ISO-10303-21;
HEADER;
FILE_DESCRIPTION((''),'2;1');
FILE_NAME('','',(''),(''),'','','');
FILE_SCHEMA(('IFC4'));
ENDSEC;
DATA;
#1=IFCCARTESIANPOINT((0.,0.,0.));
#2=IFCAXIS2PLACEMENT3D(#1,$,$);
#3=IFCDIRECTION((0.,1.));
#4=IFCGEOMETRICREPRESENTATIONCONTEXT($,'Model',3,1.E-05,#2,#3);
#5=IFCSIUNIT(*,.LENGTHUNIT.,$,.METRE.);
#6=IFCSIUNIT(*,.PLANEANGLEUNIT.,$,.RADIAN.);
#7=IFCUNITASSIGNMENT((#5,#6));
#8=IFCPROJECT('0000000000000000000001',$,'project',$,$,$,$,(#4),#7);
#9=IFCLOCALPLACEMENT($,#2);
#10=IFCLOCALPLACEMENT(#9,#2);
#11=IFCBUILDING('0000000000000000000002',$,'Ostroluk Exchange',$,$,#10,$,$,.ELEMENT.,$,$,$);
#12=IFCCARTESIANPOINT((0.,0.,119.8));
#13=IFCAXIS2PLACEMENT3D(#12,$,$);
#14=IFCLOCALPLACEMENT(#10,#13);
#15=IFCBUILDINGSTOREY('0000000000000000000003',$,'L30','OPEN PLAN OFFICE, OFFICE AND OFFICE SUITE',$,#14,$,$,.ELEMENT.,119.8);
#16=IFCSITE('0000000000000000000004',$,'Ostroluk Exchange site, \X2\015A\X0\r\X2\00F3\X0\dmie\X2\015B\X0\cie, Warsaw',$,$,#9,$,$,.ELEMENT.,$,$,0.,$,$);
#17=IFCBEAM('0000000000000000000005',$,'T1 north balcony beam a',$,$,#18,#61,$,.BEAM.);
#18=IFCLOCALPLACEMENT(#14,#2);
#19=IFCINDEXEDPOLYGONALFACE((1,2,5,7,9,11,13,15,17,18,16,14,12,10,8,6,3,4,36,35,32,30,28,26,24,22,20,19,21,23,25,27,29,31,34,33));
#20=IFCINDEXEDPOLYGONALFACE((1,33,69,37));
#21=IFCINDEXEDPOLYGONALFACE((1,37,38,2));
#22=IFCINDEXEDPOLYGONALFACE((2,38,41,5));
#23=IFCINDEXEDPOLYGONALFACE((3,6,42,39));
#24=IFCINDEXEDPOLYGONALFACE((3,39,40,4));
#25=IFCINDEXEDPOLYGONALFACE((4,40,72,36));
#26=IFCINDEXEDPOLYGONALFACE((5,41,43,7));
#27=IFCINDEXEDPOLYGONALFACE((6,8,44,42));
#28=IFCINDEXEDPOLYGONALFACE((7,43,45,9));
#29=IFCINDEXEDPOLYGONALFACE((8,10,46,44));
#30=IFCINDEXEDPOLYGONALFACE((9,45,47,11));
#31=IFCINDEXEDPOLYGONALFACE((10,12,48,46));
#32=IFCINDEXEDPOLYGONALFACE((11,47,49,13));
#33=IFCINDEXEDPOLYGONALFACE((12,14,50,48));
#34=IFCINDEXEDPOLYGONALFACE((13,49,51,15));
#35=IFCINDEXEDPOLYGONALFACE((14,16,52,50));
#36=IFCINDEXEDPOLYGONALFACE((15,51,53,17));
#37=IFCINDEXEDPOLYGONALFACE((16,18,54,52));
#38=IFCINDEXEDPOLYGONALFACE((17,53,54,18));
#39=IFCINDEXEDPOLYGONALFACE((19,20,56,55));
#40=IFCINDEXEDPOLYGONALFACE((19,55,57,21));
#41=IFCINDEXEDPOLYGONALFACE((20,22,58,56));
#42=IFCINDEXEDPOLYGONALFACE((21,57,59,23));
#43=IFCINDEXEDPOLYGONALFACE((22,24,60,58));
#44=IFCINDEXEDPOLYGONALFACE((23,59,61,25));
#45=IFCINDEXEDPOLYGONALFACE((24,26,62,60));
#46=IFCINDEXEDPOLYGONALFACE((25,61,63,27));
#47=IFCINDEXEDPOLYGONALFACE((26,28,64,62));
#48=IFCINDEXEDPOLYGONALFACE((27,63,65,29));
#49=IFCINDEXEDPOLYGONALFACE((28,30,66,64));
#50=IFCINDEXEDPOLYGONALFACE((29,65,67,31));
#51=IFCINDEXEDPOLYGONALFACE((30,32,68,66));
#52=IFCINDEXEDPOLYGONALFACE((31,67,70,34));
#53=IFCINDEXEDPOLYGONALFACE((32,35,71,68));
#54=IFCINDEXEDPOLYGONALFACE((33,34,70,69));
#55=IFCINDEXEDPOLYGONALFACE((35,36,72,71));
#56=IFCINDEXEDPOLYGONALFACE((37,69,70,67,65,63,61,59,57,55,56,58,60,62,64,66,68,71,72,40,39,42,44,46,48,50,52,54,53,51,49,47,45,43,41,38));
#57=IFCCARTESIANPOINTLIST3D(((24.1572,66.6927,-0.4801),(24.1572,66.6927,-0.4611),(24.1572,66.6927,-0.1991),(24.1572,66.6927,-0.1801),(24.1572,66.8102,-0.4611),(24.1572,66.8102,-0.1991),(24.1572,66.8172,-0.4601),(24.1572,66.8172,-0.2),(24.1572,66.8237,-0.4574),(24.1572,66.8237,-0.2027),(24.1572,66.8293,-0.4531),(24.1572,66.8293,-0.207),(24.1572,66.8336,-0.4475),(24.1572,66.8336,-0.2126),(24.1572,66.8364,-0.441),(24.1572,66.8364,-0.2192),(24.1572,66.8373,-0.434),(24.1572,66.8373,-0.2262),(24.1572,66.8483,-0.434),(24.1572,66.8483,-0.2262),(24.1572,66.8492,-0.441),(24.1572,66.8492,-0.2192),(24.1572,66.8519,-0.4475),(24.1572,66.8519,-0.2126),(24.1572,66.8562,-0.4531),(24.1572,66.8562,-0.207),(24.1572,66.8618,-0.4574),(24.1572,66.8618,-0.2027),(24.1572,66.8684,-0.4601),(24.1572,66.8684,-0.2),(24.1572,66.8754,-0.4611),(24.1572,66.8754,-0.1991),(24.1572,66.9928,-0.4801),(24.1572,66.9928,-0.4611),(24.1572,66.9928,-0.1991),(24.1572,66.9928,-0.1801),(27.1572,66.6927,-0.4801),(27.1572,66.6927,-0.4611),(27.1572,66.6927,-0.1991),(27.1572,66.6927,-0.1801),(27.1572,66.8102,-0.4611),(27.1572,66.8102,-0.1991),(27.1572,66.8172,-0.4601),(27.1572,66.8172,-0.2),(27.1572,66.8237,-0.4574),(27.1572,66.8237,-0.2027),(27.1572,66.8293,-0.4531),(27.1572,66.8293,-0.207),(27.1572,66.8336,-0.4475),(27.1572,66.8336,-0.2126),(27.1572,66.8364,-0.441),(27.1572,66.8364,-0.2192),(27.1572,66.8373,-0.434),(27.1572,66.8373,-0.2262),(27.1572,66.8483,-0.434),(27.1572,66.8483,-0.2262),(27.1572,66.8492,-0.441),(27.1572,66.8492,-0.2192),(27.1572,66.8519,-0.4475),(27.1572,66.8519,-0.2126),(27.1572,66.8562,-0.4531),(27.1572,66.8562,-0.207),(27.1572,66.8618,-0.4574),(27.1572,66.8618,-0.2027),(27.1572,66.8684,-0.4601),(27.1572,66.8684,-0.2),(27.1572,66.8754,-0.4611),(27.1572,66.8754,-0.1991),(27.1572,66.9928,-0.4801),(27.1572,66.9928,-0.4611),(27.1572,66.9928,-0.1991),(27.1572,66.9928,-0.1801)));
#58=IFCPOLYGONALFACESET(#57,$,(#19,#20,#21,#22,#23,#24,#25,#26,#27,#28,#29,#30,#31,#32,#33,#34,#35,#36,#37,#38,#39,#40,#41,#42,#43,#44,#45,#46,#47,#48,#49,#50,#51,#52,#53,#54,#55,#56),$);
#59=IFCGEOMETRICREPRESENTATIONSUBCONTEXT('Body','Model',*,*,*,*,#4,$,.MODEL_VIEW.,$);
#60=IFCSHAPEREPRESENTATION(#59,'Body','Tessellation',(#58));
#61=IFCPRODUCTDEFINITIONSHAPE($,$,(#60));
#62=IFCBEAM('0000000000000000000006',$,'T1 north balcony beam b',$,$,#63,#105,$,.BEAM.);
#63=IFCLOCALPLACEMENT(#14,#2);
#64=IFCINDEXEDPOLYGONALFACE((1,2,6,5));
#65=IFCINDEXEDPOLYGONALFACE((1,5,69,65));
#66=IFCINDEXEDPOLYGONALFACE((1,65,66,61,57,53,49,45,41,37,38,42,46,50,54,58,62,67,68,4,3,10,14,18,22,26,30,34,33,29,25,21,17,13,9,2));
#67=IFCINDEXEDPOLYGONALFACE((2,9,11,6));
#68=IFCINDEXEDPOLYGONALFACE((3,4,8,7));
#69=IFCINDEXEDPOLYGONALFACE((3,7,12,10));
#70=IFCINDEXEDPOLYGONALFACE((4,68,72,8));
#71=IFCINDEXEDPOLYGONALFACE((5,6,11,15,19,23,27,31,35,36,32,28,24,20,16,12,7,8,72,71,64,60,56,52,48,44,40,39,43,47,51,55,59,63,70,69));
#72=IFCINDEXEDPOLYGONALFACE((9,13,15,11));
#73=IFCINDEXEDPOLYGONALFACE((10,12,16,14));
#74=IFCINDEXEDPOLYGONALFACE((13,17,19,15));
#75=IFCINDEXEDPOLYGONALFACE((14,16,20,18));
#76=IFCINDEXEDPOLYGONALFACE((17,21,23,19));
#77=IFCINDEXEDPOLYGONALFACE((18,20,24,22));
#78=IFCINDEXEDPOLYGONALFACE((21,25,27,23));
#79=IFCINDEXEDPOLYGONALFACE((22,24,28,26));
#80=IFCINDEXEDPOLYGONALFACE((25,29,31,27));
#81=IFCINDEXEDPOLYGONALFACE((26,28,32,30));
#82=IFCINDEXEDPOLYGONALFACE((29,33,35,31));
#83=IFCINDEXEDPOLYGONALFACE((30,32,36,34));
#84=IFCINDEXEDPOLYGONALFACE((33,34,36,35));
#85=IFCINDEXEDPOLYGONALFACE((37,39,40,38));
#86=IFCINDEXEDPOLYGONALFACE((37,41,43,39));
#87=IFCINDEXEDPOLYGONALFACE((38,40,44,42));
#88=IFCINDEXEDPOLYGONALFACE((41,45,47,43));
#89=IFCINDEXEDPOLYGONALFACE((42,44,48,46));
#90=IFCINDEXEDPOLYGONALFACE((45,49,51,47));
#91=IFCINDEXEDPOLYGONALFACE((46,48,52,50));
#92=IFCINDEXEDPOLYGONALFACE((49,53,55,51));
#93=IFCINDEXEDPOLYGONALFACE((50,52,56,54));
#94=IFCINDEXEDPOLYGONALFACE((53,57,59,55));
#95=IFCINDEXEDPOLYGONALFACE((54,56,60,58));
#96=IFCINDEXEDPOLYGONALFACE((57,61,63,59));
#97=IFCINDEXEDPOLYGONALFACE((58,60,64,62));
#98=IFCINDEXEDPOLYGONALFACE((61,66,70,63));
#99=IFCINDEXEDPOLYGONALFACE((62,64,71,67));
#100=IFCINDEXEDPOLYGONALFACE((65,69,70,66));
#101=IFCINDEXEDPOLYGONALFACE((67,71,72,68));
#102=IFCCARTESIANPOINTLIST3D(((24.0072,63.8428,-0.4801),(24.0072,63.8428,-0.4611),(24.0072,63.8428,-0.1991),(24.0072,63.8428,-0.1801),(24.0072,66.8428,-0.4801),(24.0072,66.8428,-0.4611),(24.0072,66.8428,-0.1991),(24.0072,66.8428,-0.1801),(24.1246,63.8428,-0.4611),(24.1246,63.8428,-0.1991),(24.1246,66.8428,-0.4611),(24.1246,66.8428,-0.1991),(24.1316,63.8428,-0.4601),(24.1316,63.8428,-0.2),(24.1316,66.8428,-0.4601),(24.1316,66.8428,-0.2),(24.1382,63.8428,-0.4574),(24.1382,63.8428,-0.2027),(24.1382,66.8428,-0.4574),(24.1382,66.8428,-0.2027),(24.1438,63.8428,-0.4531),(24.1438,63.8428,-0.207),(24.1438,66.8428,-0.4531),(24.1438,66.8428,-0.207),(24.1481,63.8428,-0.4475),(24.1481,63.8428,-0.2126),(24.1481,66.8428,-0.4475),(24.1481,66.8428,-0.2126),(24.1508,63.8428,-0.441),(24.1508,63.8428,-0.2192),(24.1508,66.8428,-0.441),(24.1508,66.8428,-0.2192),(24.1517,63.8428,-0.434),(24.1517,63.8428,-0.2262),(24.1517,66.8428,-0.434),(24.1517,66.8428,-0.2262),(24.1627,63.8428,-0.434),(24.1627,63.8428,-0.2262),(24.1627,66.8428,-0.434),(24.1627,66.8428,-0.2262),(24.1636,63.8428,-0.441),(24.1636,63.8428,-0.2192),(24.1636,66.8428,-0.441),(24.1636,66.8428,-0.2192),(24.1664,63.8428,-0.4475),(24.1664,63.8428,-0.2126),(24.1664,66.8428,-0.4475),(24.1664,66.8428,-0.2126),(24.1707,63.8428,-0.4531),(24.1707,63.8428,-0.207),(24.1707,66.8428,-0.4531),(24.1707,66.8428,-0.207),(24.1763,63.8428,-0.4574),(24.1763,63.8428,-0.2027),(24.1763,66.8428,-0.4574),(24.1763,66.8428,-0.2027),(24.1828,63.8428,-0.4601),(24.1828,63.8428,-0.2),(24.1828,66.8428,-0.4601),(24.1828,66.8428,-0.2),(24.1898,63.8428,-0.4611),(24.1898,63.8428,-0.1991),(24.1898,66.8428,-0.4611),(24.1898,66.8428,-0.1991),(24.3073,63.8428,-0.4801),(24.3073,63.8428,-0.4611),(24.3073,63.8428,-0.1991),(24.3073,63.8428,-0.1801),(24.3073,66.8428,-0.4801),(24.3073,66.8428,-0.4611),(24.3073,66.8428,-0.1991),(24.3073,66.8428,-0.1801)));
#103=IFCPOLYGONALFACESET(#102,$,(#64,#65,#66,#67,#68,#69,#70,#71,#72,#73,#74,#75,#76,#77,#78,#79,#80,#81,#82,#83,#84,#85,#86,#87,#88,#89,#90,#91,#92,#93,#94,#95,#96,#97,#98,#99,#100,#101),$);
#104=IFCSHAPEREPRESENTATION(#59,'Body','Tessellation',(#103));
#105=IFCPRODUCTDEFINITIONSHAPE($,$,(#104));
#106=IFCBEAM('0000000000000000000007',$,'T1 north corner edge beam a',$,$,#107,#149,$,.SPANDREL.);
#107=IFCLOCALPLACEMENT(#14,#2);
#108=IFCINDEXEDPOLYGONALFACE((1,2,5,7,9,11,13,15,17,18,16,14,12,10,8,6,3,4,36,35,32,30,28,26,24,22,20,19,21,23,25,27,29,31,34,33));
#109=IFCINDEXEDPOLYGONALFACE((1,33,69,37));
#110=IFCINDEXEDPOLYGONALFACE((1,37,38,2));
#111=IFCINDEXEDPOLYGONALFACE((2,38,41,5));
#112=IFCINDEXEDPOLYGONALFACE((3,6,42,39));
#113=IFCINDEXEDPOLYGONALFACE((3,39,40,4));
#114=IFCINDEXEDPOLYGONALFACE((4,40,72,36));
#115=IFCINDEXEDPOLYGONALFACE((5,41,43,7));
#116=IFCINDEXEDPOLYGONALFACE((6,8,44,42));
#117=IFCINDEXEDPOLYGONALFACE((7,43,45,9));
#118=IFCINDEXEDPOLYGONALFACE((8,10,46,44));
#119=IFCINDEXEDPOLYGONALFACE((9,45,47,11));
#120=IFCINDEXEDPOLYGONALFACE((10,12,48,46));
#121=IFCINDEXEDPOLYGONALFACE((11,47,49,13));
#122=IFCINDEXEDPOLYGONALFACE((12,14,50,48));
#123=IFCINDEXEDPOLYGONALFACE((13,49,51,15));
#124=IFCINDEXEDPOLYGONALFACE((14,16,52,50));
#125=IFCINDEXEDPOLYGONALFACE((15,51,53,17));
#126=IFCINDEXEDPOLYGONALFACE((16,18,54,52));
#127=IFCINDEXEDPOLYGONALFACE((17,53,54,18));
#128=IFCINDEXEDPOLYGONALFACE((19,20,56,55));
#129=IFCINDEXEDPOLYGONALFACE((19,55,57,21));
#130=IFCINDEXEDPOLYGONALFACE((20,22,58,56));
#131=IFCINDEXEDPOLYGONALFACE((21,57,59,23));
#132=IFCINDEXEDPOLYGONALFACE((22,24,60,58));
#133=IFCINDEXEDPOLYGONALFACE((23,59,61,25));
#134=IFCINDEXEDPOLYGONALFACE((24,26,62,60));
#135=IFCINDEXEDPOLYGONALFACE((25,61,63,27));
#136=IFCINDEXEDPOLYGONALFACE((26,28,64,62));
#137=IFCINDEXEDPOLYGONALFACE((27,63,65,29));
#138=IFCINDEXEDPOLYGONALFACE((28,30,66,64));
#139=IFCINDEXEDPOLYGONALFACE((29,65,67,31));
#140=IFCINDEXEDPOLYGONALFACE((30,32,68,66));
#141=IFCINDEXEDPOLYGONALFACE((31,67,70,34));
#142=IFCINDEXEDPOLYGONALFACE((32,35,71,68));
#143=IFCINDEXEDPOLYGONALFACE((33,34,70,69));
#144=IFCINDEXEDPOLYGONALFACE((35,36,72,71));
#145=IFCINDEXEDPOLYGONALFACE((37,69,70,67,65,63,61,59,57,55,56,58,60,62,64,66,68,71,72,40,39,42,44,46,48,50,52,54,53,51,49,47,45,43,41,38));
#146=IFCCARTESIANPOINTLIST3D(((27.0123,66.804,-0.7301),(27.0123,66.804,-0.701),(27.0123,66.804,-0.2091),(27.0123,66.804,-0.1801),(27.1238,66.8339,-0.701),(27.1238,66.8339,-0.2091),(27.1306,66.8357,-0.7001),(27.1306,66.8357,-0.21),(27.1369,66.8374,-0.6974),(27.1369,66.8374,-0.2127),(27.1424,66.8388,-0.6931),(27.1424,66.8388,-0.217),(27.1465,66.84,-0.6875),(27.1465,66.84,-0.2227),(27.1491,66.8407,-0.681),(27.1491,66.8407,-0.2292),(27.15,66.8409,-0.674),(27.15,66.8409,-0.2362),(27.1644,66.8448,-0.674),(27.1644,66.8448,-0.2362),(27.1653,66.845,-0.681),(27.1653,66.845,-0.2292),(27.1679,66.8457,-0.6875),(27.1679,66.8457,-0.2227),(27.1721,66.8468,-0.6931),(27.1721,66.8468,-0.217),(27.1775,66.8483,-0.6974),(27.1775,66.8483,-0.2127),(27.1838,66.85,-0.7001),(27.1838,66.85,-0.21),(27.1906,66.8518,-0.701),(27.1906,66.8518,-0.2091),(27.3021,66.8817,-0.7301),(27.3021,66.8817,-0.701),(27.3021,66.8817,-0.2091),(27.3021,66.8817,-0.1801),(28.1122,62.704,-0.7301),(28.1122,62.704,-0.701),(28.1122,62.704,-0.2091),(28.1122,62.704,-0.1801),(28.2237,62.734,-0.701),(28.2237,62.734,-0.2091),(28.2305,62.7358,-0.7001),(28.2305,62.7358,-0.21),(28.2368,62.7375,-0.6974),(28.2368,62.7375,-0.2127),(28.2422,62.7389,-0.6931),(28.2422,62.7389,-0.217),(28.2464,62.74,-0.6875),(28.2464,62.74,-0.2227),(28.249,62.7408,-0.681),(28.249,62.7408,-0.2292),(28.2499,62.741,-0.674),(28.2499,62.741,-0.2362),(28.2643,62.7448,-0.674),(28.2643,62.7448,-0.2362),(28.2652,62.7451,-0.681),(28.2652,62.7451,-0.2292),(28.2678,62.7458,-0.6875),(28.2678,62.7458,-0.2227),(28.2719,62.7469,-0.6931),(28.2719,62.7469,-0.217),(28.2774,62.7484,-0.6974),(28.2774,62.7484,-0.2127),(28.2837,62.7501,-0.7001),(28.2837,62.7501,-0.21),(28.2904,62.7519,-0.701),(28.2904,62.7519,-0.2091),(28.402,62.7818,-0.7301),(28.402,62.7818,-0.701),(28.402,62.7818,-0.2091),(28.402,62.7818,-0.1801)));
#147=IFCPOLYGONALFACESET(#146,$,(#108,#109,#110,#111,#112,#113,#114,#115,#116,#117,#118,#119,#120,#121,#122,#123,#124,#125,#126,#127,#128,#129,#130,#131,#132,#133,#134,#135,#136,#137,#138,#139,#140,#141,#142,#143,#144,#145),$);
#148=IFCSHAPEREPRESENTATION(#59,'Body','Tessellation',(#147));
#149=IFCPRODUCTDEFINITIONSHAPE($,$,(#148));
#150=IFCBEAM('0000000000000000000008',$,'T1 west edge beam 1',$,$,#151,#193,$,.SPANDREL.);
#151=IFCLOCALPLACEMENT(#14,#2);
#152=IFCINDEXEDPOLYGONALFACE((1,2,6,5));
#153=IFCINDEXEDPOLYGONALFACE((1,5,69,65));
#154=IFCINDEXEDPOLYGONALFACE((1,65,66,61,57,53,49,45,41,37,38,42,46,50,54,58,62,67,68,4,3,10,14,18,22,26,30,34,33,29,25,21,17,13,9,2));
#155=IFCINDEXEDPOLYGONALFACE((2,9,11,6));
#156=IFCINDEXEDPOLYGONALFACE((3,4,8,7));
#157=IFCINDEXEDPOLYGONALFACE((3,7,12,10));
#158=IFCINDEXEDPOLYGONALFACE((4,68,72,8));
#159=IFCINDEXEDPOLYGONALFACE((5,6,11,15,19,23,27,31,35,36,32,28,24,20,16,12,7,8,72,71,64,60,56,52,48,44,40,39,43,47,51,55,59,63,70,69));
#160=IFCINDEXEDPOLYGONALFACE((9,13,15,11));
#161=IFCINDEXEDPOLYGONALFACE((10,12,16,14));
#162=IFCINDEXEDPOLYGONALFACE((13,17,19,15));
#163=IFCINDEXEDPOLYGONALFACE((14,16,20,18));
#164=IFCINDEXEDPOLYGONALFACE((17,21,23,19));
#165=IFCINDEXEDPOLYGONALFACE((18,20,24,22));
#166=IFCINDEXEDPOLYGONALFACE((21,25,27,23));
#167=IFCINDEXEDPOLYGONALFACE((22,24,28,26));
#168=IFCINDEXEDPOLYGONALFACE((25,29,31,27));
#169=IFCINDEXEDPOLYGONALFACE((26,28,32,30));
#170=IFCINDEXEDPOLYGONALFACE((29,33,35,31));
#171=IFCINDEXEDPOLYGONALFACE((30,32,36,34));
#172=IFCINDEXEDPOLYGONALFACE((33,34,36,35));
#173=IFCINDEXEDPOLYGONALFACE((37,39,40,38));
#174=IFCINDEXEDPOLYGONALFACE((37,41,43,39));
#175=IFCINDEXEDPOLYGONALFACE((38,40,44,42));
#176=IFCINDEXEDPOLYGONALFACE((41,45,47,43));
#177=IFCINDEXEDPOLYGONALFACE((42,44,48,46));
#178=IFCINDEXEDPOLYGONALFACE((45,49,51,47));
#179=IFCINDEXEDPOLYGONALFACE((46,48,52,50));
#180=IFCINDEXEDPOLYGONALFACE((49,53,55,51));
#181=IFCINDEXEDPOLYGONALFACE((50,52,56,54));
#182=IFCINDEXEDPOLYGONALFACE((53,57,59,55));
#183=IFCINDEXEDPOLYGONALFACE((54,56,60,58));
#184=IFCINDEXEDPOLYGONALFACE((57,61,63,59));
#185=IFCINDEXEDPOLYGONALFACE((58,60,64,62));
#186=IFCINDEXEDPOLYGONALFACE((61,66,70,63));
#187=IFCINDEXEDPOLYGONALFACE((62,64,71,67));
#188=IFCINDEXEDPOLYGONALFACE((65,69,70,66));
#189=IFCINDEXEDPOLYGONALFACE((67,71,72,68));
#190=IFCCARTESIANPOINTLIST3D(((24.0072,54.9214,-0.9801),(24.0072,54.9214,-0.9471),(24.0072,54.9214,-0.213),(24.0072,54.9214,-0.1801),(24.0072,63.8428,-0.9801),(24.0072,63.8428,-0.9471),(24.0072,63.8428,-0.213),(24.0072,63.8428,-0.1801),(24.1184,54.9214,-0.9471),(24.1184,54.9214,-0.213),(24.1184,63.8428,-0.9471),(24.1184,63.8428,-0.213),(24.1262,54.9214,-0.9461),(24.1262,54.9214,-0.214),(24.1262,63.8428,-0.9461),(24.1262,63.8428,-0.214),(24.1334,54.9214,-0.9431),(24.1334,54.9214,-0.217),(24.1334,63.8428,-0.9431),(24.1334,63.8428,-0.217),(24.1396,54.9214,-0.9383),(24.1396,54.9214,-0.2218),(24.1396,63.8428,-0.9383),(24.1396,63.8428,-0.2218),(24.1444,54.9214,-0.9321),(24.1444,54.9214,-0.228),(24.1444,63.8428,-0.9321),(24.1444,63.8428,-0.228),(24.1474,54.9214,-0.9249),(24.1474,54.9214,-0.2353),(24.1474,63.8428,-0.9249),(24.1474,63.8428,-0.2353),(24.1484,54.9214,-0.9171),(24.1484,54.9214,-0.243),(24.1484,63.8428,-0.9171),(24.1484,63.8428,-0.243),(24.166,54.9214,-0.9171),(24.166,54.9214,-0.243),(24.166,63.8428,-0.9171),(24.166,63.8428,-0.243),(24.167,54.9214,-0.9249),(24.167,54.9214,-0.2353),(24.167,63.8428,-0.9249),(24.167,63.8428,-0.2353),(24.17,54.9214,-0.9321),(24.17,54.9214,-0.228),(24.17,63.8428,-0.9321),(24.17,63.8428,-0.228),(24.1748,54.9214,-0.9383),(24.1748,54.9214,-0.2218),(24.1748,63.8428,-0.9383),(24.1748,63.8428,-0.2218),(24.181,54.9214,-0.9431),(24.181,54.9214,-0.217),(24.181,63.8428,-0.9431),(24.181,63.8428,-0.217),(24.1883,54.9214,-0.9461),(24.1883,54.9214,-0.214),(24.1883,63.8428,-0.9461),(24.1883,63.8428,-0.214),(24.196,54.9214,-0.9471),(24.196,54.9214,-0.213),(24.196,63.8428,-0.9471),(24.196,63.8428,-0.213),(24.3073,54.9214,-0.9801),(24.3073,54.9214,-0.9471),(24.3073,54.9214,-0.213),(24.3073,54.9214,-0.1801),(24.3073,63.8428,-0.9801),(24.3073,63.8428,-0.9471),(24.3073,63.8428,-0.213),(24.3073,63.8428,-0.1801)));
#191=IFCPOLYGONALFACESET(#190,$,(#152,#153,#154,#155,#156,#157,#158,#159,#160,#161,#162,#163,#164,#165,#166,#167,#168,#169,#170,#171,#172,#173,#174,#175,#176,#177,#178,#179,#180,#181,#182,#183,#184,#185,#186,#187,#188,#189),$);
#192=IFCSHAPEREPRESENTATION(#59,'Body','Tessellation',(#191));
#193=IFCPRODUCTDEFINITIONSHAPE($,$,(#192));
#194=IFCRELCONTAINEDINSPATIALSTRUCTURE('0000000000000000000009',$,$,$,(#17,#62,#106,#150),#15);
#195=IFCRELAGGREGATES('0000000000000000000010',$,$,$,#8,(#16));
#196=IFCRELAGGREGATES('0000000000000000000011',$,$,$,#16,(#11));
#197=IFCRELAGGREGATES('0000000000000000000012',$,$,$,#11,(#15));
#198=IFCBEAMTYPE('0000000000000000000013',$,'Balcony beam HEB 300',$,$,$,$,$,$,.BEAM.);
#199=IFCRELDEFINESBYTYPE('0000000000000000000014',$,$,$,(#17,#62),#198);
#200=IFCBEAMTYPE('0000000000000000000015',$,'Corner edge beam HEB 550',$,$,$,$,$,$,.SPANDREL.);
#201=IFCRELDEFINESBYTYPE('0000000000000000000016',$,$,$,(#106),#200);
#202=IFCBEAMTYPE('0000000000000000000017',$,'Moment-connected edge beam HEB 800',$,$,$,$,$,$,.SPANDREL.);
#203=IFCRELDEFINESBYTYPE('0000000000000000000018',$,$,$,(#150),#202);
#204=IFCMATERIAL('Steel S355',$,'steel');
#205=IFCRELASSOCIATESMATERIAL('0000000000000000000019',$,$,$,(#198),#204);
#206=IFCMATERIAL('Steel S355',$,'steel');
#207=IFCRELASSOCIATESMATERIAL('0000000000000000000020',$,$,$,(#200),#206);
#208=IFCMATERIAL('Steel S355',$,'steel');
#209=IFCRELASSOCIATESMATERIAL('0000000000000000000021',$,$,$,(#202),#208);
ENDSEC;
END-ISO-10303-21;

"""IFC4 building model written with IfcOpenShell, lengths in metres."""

from ifc_helpers import new_model, si_unit, direction, frame, origin, origin_2d, place, context, subcontext, project, spatial, i_section, extrude, material, material_profile, profile_set, type_object, element, save


model = new_model("IFC4")

# Units and contexts
model_context = context("Model", 3, precision=1e-05, world=origin(), true_north=direction((0.0, 1.0)))
body_context = subcontext(model_context, "Body", "Model", "MODEL_VIEW")
ifc_project = project(units=[si_unit("LENGTHUNIT", "METRE"), si_unit("PLANEANGLEUNIT", "RADIAN")], contexts=[model_context])

# Site, building, storey
site_placement = place(None, origin())
site = spatial("IfcSite", under=ifc_project, at=site_placement, Name="Ostroluk Exchange site, Śródmieście, Warsaw", CompositionType="ELEMENT", RefElevation=0.0)
building_placement = place(site_placement, origin())
building = spatial("IfcBuilding", under=site, at=building_placement, Name="Ostroluk Exchange", CompositionType="ELEMENT")
storey_placement = place(building_placement, frame((0.0, 0.0, 119.8)))
storey = spatial("IfcBuildingStorey", under=building, at=storey_placement, Name="L30", Description="OPEN PLAN OFFICE, OFFICE AND OFFICE SUITE", CompositionType="ELEMENT", Elevation=119.8)

# Beams
ifc_material_1 = material(Name="Steel S355", Category="steel")
ifc_material_profile_1 = material_profile(ifc_material_1, i_section(OverallWidth=0.3, OverallDepth=0.3, WebThickness=0.011, FlangeThickness=0.019, FilletRadius=0.0271, at=origin_2d()), Name="HEB 300")
ifc_profile_set_1 = profile_set([ifc_material_profile_1], Name="Steel S355")
beam_type_1 = type_object("IfcBeamType", Name="Balcony beam HEB 300", PredefinedType="BEAM", material=ifc_profile_set_1)
for number, where, z_axis, x_axis, name in (
    (1, (27.1572, 66.8428, -0.3301), (-1.0, 0.0, 0.0), (0.0, -1.0, 0.0), "T1 north balcony beam a"),
    (2, (24.1572, 63.8428, -0.3301), (0.0, 1.0, 0.0), (-1.0, 0.0, 0.0), "T1 north balcony beam b"),
):
    element("IfcBeam", number, at=place(storey_placement, frame(where, z_axis=z_axis, x_axis=x_axis)), inside=storey, type_object=beam_type_1, Name=name, PredefinedType="BEAM", context=body_context, shape_type="SweptSolid", body=[
        extrude(i_section(OverallWidth=0.3, OverallDepth=0.3, WebThickness=0.011, FlangeThickness=0.019, FilletRadius=0.0271, at=origin_2d()), origin(), (0.0, 0.0, 1.0), 3.0),
    ])
ifc_material_2 = material(Name="Steel S355", Category="steel")
ifc_material_profile_2 = material_profile(ifc_material_2, i_section(OverallWidth=0.3, OverallDepth=0.55, WebThickness=0.0149, FlangeThickness=0.0291, FilletRadius=0.0271, at=origin_2d()), Name="HEB 550")
ifc_profile_set_2 = profile_set([ifc_material_profile_2], Name="Steel S355")
beam_type_2 = type_object("IfcBeamType", Name="Corner edge beam HEB 550", PredefinedType="SPANDREL", material=ifc_profile_set_2)
beam_1_placement = place(storey_placement, frame((28.2571, 62.7429, -0.4551), z_axis=(-0.259105, 0.965849, 0.0), x_axis=(-0.965849, -0.259105, 0.0)))
element("IfcBeam", 3, at=beam_1_placement, inside=storey, type_object=beam_type_2, Name="T1 north corner edge beam a", PredefinedType="SPANDREL", context=body_context, shape_type="SweptSolid", body=[
    extrude(i_section(OverallWidth=0.3, OverallDepth=0.55, WebThickness=0.0149, FlangeThickness=0.0291, FilletRadius=0.0271, at=origin_2d()), origin(), (0.0, 0.0, 1.0), 4.2449),
])
ifc_material_3 = material(Name="Steel S355", Category="steel")
ifc_material_profile_3 = material_profile(ifc_material_3, i_section(OverallWidth=0.3, OverallDepth=0.8, WebThickness=0.0176, FlangeThickness=0.033, FilletRadius=0.03, at=origin_2d()), Name="HEB 800")
ifc_profile_set_3 = profile_set([ifc_material_profile_3], Name="Steel S355")
beam_type_3 = type_object("IfcBeamType", Name="Moment-connected edge beam HEB 800", PredefinedType="SPANDREL", material=ifc_profile_set_3)
beam_2_placement = place(storey_placement, frame((24.1572, 63.8428, -0.5801), z_axis=(0.0, -1.0, 0.0), x_axis=(1.0, 0.0, 0.0)))
element("IfcBeam", 4, at=beam_2_placement, inside=storey, type_object=beam_type_3, Name="T1 west edge beam 1", PredefinedType="SPANDREL", context=body_context, shape_type="SweptSolid", body=[
    extrude(i_section(OverallWidth=0.3, OverallDepth=0.8, WebThickness=0.0176, FlangeThickness=0.033, FilletRadius=0.03, at=origin_2d()), origin(), (0.0, 0.0, 1.0), 8.9214),
])

save(model, "model.ifc")
